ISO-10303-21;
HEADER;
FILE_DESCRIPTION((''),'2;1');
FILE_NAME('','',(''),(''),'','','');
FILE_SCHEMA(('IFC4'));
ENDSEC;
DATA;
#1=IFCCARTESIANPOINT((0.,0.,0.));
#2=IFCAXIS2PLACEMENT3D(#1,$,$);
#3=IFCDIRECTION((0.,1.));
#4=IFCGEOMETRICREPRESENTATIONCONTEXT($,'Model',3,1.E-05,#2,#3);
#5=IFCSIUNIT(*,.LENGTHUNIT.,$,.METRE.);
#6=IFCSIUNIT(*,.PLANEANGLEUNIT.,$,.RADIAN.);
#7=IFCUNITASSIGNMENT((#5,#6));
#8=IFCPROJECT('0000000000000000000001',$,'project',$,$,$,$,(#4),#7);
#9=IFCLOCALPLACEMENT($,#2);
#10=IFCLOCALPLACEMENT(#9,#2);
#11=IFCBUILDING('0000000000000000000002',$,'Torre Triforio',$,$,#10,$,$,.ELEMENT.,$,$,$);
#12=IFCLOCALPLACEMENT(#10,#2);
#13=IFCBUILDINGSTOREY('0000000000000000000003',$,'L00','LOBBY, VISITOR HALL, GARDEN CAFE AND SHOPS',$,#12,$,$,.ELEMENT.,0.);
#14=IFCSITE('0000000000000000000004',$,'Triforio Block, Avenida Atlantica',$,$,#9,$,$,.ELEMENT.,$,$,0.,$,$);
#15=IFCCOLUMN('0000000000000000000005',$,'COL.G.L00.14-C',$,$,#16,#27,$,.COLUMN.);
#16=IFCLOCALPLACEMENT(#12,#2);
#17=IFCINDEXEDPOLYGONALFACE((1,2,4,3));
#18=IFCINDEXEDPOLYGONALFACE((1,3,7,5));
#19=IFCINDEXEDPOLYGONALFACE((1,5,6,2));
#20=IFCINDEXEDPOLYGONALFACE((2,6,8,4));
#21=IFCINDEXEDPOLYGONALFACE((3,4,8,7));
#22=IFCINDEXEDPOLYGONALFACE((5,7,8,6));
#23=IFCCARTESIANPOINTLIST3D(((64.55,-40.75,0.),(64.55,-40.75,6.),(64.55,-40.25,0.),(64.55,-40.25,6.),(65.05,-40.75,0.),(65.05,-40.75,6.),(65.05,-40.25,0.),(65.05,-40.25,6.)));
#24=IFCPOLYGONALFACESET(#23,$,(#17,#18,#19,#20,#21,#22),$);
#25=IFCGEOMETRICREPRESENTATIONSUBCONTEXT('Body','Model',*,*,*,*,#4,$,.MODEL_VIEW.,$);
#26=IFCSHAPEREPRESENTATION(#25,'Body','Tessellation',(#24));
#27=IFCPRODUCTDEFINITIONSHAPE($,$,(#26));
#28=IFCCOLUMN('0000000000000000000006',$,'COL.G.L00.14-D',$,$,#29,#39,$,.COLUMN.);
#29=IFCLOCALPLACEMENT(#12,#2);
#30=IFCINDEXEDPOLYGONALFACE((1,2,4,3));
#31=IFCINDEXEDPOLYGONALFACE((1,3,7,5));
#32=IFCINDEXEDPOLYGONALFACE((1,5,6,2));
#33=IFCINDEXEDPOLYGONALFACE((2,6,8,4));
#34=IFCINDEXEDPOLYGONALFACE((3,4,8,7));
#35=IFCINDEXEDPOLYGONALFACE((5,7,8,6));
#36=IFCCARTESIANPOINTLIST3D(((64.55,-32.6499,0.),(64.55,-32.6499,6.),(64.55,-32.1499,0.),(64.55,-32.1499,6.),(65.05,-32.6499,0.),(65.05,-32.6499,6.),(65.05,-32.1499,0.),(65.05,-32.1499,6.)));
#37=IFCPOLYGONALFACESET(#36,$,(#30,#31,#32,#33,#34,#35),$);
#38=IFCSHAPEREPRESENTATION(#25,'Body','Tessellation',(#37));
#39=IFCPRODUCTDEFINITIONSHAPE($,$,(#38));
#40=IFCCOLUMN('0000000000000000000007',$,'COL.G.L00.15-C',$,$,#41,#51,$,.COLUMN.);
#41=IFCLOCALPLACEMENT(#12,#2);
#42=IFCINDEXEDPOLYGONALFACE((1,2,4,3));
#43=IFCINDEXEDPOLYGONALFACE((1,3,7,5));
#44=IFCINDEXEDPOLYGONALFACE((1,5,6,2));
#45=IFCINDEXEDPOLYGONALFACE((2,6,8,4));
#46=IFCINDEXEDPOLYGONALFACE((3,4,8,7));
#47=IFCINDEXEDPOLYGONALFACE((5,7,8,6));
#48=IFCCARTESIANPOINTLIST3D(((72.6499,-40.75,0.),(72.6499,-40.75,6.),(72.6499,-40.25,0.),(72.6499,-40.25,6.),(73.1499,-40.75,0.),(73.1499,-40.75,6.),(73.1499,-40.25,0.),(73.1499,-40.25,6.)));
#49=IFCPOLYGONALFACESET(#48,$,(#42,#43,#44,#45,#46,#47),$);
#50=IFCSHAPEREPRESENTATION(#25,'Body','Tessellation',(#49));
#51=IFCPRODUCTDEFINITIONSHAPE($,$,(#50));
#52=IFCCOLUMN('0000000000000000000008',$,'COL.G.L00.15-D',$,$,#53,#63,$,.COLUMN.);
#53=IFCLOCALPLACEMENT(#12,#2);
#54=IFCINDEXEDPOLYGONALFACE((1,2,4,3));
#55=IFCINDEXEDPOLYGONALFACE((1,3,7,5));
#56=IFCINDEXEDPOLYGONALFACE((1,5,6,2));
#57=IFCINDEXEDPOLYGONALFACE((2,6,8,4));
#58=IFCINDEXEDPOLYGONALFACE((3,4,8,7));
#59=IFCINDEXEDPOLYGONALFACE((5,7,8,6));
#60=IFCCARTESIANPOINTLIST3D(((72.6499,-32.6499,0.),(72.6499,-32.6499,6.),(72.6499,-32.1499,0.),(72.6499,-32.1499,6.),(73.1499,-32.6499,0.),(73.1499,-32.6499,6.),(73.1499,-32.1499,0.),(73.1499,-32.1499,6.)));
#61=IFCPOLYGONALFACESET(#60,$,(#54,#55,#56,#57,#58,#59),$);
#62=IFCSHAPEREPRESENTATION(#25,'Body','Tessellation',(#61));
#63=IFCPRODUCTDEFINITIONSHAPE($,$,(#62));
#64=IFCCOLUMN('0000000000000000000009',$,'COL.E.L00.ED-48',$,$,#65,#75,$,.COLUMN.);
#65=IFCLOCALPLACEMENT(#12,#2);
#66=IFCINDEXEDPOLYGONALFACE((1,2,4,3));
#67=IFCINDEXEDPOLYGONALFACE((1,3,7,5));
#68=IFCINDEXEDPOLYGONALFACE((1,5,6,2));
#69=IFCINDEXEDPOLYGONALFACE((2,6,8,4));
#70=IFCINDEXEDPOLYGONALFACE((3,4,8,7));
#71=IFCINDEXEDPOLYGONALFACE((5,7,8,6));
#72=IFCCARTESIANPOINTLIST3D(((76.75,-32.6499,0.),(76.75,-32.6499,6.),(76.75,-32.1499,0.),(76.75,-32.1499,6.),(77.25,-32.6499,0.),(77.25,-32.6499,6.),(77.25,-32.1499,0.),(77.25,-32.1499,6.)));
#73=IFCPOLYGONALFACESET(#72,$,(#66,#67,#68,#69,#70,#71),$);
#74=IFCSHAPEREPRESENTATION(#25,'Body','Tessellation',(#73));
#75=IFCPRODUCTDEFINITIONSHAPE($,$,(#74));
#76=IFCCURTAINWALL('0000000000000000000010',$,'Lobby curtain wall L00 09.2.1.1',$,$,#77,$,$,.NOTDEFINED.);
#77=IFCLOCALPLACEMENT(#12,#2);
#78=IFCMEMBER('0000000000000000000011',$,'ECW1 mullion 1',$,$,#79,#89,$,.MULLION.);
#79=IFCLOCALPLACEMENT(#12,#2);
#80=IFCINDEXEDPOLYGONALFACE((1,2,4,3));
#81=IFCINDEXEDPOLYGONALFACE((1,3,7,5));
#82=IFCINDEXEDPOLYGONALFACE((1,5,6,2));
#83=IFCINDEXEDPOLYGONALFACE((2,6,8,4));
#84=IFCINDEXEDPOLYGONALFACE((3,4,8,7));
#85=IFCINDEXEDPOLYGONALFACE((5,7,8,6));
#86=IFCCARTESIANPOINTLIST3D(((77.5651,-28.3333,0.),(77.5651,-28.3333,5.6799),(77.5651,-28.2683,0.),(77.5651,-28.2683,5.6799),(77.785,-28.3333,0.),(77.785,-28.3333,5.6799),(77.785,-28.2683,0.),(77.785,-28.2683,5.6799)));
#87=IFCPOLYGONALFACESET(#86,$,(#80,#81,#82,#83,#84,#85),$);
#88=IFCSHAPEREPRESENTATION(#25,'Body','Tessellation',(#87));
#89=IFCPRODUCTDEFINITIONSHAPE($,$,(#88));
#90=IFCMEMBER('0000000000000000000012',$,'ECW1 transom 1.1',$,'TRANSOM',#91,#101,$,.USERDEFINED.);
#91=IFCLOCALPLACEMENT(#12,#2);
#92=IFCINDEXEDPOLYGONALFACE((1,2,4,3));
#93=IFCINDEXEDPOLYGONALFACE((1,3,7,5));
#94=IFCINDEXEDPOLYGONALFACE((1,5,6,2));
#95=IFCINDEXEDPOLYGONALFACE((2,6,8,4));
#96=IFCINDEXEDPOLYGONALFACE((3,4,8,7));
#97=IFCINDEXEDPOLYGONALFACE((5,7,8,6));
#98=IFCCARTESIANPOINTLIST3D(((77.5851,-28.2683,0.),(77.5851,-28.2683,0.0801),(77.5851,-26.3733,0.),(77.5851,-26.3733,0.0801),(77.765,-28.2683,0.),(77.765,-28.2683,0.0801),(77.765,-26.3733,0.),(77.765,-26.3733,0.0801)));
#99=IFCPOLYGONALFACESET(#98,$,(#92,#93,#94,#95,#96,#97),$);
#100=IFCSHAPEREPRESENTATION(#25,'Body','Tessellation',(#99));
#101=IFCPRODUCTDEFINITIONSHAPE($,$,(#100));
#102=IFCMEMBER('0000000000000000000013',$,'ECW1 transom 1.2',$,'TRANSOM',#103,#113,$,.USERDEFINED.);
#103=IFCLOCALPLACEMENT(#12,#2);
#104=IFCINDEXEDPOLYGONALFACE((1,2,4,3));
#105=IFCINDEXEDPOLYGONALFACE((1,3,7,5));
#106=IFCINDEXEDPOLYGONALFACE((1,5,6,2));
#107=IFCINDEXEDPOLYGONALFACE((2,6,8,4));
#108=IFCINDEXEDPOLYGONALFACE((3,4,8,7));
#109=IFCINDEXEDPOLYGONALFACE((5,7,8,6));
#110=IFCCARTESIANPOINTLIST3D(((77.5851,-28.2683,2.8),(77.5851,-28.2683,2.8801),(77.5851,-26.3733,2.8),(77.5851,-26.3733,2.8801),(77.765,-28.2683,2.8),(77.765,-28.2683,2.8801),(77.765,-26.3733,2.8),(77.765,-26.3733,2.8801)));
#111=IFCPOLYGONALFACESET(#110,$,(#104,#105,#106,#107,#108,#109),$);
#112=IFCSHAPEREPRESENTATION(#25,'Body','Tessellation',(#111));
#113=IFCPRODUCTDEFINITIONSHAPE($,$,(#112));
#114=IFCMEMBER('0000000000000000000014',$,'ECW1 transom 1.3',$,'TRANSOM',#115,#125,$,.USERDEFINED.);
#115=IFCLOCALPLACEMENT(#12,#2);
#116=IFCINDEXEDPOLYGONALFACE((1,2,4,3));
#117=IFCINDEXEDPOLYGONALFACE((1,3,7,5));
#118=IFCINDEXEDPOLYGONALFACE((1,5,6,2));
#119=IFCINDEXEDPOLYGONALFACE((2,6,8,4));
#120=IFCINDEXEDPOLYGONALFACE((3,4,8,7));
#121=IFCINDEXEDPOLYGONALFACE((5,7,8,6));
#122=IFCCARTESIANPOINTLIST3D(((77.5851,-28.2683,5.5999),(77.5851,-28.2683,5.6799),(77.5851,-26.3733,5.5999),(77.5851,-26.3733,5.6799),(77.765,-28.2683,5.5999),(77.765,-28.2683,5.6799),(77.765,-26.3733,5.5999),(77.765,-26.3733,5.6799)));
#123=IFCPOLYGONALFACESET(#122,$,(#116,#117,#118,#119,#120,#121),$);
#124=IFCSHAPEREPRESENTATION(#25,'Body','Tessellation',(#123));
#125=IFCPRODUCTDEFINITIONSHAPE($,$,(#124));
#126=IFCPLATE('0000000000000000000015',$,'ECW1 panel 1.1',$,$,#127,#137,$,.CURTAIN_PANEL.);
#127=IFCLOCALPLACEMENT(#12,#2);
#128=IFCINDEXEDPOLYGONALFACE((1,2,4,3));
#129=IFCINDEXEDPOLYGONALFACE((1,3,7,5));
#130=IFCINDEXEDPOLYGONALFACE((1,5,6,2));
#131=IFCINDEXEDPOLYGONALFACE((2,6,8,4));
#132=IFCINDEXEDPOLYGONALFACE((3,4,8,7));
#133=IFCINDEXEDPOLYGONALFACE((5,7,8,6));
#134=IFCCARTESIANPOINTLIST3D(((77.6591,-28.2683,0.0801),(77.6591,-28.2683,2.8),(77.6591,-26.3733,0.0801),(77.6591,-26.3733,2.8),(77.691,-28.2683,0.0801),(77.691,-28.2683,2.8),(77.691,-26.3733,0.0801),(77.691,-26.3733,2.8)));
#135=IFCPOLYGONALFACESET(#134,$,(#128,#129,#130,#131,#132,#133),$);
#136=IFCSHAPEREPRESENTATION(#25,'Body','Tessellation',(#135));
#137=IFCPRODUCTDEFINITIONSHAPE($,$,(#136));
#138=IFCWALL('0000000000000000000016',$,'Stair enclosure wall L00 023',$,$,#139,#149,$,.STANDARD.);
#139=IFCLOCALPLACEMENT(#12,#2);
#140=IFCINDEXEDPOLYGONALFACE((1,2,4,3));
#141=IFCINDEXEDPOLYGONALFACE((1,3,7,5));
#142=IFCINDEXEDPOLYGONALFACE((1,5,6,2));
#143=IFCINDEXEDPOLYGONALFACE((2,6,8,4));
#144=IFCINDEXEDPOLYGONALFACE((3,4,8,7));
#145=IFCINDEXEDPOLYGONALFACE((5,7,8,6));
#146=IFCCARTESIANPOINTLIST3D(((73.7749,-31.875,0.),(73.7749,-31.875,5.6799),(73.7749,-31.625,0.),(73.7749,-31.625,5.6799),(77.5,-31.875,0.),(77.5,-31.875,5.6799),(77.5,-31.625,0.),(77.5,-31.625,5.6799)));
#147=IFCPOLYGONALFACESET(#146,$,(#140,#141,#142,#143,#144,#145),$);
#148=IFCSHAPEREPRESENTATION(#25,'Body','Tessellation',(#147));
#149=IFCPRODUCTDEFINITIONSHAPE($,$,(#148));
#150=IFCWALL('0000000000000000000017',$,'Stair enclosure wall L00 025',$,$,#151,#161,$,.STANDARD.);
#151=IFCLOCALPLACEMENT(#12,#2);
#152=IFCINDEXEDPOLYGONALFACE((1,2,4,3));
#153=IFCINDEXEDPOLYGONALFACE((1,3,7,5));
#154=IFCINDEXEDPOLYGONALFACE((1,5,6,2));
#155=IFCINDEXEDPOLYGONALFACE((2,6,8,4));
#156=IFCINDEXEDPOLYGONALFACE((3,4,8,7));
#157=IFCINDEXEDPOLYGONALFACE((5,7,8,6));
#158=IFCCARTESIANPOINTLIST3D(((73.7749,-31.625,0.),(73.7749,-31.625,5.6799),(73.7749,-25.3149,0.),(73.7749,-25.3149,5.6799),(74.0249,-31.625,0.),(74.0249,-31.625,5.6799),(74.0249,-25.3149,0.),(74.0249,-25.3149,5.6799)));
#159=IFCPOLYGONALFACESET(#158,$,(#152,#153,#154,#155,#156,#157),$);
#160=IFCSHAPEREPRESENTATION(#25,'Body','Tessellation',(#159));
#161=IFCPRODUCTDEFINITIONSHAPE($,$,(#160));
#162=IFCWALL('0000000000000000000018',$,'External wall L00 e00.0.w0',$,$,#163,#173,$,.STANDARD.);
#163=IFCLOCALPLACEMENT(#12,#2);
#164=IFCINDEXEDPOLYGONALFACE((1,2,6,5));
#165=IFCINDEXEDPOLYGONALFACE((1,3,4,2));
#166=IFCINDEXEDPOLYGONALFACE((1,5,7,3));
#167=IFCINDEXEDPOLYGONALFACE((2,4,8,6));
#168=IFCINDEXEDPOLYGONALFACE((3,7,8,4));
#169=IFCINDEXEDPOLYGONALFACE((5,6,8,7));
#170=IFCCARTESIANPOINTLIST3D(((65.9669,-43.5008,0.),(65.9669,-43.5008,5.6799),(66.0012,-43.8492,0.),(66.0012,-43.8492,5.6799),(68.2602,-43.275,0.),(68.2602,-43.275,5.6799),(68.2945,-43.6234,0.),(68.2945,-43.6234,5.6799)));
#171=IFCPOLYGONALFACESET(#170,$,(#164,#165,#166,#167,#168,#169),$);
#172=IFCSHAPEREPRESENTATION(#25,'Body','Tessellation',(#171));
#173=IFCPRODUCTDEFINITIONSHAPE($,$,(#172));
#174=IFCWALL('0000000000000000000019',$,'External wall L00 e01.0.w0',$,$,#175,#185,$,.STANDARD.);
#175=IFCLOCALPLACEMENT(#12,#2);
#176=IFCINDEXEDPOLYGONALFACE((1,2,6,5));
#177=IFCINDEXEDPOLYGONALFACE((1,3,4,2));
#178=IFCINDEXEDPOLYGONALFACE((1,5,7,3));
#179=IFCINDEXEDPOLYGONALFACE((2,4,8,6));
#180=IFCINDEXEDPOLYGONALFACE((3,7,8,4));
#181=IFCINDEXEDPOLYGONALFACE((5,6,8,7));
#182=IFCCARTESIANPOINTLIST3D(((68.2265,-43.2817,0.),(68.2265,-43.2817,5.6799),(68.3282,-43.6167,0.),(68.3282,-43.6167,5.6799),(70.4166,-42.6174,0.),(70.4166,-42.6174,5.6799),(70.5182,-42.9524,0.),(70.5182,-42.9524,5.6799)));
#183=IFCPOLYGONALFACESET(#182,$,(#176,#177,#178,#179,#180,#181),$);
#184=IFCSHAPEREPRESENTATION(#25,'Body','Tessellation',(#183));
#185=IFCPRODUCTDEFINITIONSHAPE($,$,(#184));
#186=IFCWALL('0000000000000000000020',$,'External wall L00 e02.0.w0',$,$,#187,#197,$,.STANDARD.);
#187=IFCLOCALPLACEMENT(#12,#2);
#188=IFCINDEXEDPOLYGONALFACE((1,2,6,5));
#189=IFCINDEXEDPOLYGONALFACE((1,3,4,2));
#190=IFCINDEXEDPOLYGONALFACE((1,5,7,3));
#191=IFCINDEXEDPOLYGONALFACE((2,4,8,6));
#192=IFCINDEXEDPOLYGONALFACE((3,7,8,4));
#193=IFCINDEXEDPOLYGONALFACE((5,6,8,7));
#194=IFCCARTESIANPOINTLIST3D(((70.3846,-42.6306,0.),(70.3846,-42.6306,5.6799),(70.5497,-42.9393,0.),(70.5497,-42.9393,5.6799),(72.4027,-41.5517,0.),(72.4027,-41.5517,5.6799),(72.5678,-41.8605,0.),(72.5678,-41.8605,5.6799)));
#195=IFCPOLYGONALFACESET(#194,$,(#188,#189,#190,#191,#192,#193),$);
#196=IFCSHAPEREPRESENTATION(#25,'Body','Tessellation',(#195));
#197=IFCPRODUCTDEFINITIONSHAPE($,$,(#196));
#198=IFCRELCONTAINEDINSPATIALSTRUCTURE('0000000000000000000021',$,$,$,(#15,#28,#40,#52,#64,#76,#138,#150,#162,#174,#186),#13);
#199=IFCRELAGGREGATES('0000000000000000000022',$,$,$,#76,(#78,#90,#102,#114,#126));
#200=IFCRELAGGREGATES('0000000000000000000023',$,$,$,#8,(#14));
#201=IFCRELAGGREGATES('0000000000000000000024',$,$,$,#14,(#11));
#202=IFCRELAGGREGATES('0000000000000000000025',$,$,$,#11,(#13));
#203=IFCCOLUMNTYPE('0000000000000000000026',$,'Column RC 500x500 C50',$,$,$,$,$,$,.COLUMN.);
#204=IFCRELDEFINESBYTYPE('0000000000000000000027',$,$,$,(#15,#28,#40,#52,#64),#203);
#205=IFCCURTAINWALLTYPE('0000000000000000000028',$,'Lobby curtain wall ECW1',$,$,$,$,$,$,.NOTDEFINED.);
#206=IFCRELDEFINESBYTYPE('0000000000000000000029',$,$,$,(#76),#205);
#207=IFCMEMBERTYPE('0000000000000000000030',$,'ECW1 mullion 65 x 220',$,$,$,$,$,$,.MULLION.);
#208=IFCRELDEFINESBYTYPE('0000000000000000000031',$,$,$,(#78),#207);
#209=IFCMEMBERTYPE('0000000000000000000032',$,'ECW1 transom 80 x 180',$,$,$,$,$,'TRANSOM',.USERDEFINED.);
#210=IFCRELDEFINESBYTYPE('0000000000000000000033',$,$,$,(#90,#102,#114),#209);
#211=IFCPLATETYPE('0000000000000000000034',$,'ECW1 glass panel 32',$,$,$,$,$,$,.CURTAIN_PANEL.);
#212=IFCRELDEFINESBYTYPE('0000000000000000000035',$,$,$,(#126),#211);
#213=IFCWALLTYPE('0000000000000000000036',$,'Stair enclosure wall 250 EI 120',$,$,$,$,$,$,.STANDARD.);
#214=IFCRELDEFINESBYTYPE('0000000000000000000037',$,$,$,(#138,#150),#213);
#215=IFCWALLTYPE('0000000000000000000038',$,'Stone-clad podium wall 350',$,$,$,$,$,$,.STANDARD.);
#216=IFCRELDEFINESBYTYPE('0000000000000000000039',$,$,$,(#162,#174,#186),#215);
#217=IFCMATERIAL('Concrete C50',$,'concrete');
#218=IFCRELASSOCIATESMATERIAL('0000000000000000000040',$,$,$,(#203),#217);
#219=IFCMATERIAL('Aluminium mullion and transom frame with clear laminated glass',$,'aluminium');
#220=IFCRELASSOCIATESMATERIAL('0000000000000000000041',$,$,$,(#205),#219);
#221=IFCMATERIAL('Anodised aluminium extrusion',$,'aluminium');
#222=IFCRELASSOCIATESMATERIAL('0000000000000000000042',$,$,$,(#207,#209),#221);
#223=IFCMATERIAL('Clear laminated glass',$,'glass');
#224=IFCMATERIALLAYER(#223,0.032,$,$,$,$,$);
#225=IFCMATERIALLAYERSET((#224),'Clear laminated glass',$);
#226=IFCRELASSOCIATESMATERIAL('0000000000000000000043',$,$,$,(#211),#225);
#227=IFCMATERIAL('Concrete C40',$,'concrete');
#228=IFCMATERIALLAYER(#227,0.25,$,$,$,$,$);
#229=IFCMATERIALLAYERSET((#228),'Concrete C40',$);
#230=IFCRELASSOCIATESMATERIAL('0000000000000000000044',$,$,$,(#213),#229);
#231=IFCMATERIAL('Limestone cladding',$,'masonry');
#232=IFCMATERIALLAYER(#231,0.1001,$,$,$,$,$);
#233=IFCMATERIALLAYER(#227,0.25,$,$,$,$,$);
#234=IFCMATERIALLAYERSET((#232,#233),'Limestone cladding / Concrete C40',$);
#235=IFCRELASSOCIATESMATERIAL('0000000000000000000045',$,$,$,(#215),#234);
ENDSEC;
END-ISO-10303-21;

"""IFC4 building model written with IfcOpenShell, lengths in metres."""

from ifc_helpers import new_model, si_unit, direction, frame, frame_2d, origin, origin_2d, place, context, subcontext, project, spatial, rectangle, extrude, material, layer, layer_set, material_profile, profile_set, type_object, element, aggregate, save


model = new_model("IFC4")

# Units and contexts
model_context = context("Model", 3, precision=1e-05, world=origin(), true_north=direction((0.0, 1.0)))
body_context = subcontext(model_context, "Body", "Model", "MODEL_VIEW")
ifc_project = project(units=[si_unit("LENGTHUNIT", "METRE"), si_unit("PLANEANGLEUNIT", "RADIAN")], contexts=[model_context])

# Site, building, storey
site_placement = place(None, origin())
site = spatial("IfcSite", under=ifc_project, at=site_placement, Name="Triforio Block, Avenida Atlantica", CompositionType="ELEMENT", RefElevation=0.0)
building_placement = place(site_placement, origin())
building = spatial("IfcBuilding", under=site, at=building_placement, Name="Torre Triforio", CompositionType="ELEMENT")
storey_placement = place(building_placement, origin())
storey = spatial("IfcBuildingStorey", under=building, at=storey_placement, Name="L00", Description="LOBBY, VISITOR HALL, GARDEN CAFE AND SHOPS", CompositionType="ELEMENT", Elevation=0.0)

# Columns
ifc_material_1 = material(Name="Concrete C50", Category="concrete")
ifc_material_profile_1 = material_profile(ifc_material_1, rectangle(XDim=0.5, YDim=0.5, at=origin_2d()), Name="RC 500x500")
ifc_profile_set_1 = profile_set([ifc_material_profile_1], Name="Concrete C50")
column_type = type_object("IfcColumnType", Name="Column RC 500x500 C50", PredefinedType="COLUMN", material=ifc_profile_set_1)
for number, where, z_axis, x_axis, name in (
    (1, (64.8, -40.5, 0.0), (0.0, 0.0, 1.0), (1.0, 0.0, 0.0), "COL.G.L00.14-C"),
    (2, (64.8, -32.3999, 0.0), (0.0, 0.0, 1.0), (1.0, 0.0, 0.0), "COL.G.L00.14-D"),
    (3, (72.8999, -40.5, 0.0), (0.0, 0.0, 1.0), (1.0, 0.0, 0.0), "COL.G.L00.15-C"),
    (4, (72.8999, -32.3999, 0.0), (0.0, 0.0, 1.0), (1.0, 0.0, 0.0), "COL.G.L00.15-D"),
    (5, (77.0, -32.3999, 0.0), (0.0, 0.0, 1.0), (1.0, 0.0, 0.0), "COL.E.L00.ED-48"),
):
    element("IfcColumn", number, at=place(storey_placement, frame(where, z_axis=z_axis, x_axis=x_axis)), inside=storey, type_object=column_type, Name=name, PredefinedType="COLUMN", context=body_context, shape_type="SweptSolid", body=[
        extrude(rectangle(XDim=0.5, YDim=0.5, at=origin_2d()), origin(), (0.0, 0.0, 1.0), 6.0),
    ])

# Curtain wall, members, plate
ifc_material_2 = material(Name="Aluminium mullion and transom frame with clear laminated glass", Category="aluminium")
curtain_wall_type = type_object("IfcCurtainWallType", Name="Lobby curtain wall ECW1", PredefinedType="NOTDEFINED", material=ifc_material_2)
curtain_wall_placement = place(storey_placement, origin())
curtain_wall = element("IfcCurtainWall", 6, at=curtain_wall_placement, inside=storey, type_object=curtain_wall_type, Name="Lobby curtain wall L00 09.2.1.1", PredefinedType="NOTDEFINED")
ifc_material_3 = material(Name="Anodised aluminium extrusion", Category="aluminium")
ifc_material_profile_2 = material_profile(ifc_material_3, rectangle(XDim=0.22, YDim=0.0649, at=origin_2d()), Name="ECW1 MULLION 65x220")
ifc_profile_set_2 = profile_set([ifc_material_profile_2], Name="Anodised aluminium extrusion")
member_type_1 = type_object("IfcMemberType", Name="ECW1 mullion 65 x 220", PredefinedType="MULLION", material=ifc_profile_set_2)
member_1_placement = place(storey_placement, frame((77.675, -28.3008, 0.0), z_axis=(0.0, 0.0, 1.0), x_axis=(-1.0, 0.0, 0.0)))
member_1 = element("IfcMember", 7, at=member_1_placement, type_object=member_type_1, Name="ECW1 mullion 1", PredefinedType="MULLION", context=body_context, shape_type="SweptSolid", body=[
    extrude(rectangle(XDim=0.22, YDim=0.0649, at=origin_2d()), origin(), (0.0, 0.0, 1.0), 5.6799),
])
ifc_material_profile_3 = material_profile(ifc_material_3, rectangle(XDim=0.1799, YDim=0.0801, at=origin_2d()), Name="ECW1 TRANSOM 80x180")
ifc_profile_set_3 = profile_set([ifc_material_profile_3], Name="Anodised aluminium extrusion")
member_type_2 = type_object("IfcMemberType", Name="ECW1 transom 80 x 180", ElementType="TRANSOM", PredefinedType="USERDEFINED", material=ifc_profile_set_3)
member_2_placement = place(storey_placement, frame((77.675, -28.2683, 0.04), z_axis=(0.0, 1.0, 0.0), x_axis=(-1.0, 0.0, 0.0)))
member_2 = element("IfcMember", 8, at=member_2_placement, type_object=member_type_2, Name="ECW1 transom 1.1", ObjectType="TRANSOM", PredefinedType="USERDEFINED", context=body_context, shape_type="SweptSolid", body=[
    extrude(rectangle(XDim=0.1799, YDim=0.0801, at=origin_2d()), origin(), (0.0, 0.0, 1.0), 1.895),
])
member_3_placement = place(storey_placement, frame((77.675, -28.2683, 2.8401), z_axis=(0.0, 1.0, 0.0), x_axis=(-1.0, 0.0, 0.0)))
member_3 = element("IfcMember", 9, at=member_3_placement, type_object=member_type_2, Name="ECW1 transom 1.2", ObjectType="TRANSOM", PredefinedType="USERDEFINED", context=body_context, shape_type="SweptSolid", body=[
    extrude(rectangle(XDim=0.1799, YDim=0.0801, at=origin_2d()), origin(), (0.0, 0.0, 1.0), 1.895),
])
member_4_placement = place(storey_placement, frame((77.675, -28.2683, 5.6399), z_axis=(0.0, 1.0, 0.0), x_axis=(-1.0, 0.0, 0.0)))
member_4 = element("IfcMember", 10, at=member_4_placement, type_object=member_type_2, Name="ECW1 transom 1.3", ObjectType="TRANSOM", PredefinedType="USERDEFINED", context=body_context, shape_type="SweptSolid", body=[
    extrude(rectangle(XDim=0.1799, YDim=0.0801, at=origin_2d()), origin(), (0.0, 0.0, 1.0), 1.895),
])
ifc_material_4 = material(Name="Clear laminated glass", Category="glass")
ifc_layer_1 = layer(ifc_material_4, 0.032)
ifc_layer_set_1 = layer_set([ifc_layer_1], Name="Clear laminated glass")
plate_type = type_object("IfcPlateType", Name="ECW1 glass panel 32", PredefinedType="CURTAIN_PANEL", material=ifc_layer_set_1)
plate_placement = place(storey_placement, frame((77.675, -27.3208, 0.0801), z_axis=(0.0, 0.0, 1.0), x_axis=(0.0, 1.0, 0.0)))
plate = element("IfcPlate", 11, at=plate_placement, type_object=plate_type, Name="ECW1 panel 1.1", PredefinedType="CURTAIN_PANEL", context=body_context, shape_type="SweptSolid", body=[
    extrude(rectangle(XDim=1.895, YDim=0.032, at=origin_2d()), origin(), (0.0, 0.0, 1.0), 2.72),
])
aggregate(curtain_wall, [member_1, member_2, member_3, member_4, plate])

# Walls
ifc_material_5 = material(Name="Concrete C40", Category="concrete")
ifc_layer_2 = layer(ifc_material_5, 0.25)
ifc_layer_set_2 = layer_set([ifc_layer_2], Name="Concrete C40")
wall_type_1 = type_object("IfcWallType", Name="Stair enclosure wall 250 EI 120", PredefinedType="STANDARD", material=ifc_layer_set_2)
wall_1_placement = place(storey_placement, frame((73.7749, -31.75, 0.0), z_axis=(0.0, 0.0, 1.0), x_axis=(1.0, 0.0, 0.0)))
element("IfcWall", 12, at=wall_1_placement, inside=storey, type_object=wall_type_1, Name="Stair enclosure wall L00 023", PredefinedType="STANDARD", context=body_context, shape_type="SweptSolid", body=[
    extrude(rectangle(XDim=3.7251, YDim=0.25, at=frame_2d((1.8625, 0.0))), origin(), (0.0, 0.0, 1.0), 5.6799),
])
wall_2_placement = place(storey_placement, frame((73.8999, -31.625, 0.0), z_axis=(0.0, 0.0, 1.0), x_axis=(0.0, 1.0, 0.0)))
element("IfcWall", 13, at=wall_2_placement, inside=storey, type_object=wall_type_1, Name="Stair enclosure wall L00 025", PredefinedType="STANDARD", context=body_context, shape_type="SweptSolid", body=[
    extrude(rectangle(XDim=6.3101, YDim=0.25, at=frame_2d((3.155, 0.0))), origin(), (0.0, 0.0, 1.0), 5.6799),
])
ifc_material_6 = material(Name="Limestone cladding", Category="masonry")
ifc_layer_3 = layer(ifc_material_6, 0.1001)
ifc_layer_4 = layer(ifc_material_5, 0.25)
ifc_layer_set_3 = layer_set([ifc_layer_3, ifc_layer_4], Name="Limestone cladding / Concrete C40")
wall_type_2 = type_object("IfcWallType", Name="Stone-clad podium wall 350", PredefinedType="STANDARD", material=ifc_layer_set_3)
wall_3_placement = place(storey_placement, frame((65.9839, -43.675, 0.0), z_axis=(0.0, 0.0, 1.0), x_axis=(0.995187, 0.097993, 0.0)))
element("IfcWall", 14, at=wall_3_placement, inside=storey, type_object=wall_type_2, Name="External wall L00 e00.0.w0", PredefinedType="STANDARD", context=body_context, shape_type="SweptSolid", body=[
    extrude(rectangle(XDim=2.3044, YDim=0.3501, at=frame_2d((1.1523, 0.0))), origin(), (0.0, 0.0, 1.0), 5.6799),
])
wall_4_placement = place(storey_placement, frame((68.2773, -43.4492, 0.0), z_axis=(0.0, 0.0, 1.0), x_axis=(0.956941, 0.290283, 0.0)))
element("IfcWall", 15, at=wall_4_placement, inside=storey, type_object=wall_type_2, Name="External wall L00 e01.0.w0", PredefinedType="STANDARD", context=body_context, shape_type="SweptSolid", body=[
    extrude(rectangle(XDim=2.2886, YDim=0.3501, at=frame_2d((1.1443, 0.0))), origin(), (0.0, 0.0, 1.0), 5.6799),
])
for number, where, z_axis, x_axis, name in (
    (16, (70.4673, -42.7849, 0.0), (0.0, 0.0, 1.0), (0.881889, 0.471457, 0.0), "External wall L00 e02.0.w0"),
):
    element("IfcWall", number, at=place(storey_placement, frame(where, z_axis=z_axis, x_axis=x_axis)), inside=storey, type_object=wall_type_2, Name=name, PredefinedType="STANDARD", context=body_context, shape_type="SweptSolid", body=[
        extrude(rectangle(XDim=2.2883, YDim=0.3501, at=frame_2d((1.144, 0.0))), origin(), (0.0, 0.0, 1.0), 5.6799),
    ])

save(model, "model.ifc")
